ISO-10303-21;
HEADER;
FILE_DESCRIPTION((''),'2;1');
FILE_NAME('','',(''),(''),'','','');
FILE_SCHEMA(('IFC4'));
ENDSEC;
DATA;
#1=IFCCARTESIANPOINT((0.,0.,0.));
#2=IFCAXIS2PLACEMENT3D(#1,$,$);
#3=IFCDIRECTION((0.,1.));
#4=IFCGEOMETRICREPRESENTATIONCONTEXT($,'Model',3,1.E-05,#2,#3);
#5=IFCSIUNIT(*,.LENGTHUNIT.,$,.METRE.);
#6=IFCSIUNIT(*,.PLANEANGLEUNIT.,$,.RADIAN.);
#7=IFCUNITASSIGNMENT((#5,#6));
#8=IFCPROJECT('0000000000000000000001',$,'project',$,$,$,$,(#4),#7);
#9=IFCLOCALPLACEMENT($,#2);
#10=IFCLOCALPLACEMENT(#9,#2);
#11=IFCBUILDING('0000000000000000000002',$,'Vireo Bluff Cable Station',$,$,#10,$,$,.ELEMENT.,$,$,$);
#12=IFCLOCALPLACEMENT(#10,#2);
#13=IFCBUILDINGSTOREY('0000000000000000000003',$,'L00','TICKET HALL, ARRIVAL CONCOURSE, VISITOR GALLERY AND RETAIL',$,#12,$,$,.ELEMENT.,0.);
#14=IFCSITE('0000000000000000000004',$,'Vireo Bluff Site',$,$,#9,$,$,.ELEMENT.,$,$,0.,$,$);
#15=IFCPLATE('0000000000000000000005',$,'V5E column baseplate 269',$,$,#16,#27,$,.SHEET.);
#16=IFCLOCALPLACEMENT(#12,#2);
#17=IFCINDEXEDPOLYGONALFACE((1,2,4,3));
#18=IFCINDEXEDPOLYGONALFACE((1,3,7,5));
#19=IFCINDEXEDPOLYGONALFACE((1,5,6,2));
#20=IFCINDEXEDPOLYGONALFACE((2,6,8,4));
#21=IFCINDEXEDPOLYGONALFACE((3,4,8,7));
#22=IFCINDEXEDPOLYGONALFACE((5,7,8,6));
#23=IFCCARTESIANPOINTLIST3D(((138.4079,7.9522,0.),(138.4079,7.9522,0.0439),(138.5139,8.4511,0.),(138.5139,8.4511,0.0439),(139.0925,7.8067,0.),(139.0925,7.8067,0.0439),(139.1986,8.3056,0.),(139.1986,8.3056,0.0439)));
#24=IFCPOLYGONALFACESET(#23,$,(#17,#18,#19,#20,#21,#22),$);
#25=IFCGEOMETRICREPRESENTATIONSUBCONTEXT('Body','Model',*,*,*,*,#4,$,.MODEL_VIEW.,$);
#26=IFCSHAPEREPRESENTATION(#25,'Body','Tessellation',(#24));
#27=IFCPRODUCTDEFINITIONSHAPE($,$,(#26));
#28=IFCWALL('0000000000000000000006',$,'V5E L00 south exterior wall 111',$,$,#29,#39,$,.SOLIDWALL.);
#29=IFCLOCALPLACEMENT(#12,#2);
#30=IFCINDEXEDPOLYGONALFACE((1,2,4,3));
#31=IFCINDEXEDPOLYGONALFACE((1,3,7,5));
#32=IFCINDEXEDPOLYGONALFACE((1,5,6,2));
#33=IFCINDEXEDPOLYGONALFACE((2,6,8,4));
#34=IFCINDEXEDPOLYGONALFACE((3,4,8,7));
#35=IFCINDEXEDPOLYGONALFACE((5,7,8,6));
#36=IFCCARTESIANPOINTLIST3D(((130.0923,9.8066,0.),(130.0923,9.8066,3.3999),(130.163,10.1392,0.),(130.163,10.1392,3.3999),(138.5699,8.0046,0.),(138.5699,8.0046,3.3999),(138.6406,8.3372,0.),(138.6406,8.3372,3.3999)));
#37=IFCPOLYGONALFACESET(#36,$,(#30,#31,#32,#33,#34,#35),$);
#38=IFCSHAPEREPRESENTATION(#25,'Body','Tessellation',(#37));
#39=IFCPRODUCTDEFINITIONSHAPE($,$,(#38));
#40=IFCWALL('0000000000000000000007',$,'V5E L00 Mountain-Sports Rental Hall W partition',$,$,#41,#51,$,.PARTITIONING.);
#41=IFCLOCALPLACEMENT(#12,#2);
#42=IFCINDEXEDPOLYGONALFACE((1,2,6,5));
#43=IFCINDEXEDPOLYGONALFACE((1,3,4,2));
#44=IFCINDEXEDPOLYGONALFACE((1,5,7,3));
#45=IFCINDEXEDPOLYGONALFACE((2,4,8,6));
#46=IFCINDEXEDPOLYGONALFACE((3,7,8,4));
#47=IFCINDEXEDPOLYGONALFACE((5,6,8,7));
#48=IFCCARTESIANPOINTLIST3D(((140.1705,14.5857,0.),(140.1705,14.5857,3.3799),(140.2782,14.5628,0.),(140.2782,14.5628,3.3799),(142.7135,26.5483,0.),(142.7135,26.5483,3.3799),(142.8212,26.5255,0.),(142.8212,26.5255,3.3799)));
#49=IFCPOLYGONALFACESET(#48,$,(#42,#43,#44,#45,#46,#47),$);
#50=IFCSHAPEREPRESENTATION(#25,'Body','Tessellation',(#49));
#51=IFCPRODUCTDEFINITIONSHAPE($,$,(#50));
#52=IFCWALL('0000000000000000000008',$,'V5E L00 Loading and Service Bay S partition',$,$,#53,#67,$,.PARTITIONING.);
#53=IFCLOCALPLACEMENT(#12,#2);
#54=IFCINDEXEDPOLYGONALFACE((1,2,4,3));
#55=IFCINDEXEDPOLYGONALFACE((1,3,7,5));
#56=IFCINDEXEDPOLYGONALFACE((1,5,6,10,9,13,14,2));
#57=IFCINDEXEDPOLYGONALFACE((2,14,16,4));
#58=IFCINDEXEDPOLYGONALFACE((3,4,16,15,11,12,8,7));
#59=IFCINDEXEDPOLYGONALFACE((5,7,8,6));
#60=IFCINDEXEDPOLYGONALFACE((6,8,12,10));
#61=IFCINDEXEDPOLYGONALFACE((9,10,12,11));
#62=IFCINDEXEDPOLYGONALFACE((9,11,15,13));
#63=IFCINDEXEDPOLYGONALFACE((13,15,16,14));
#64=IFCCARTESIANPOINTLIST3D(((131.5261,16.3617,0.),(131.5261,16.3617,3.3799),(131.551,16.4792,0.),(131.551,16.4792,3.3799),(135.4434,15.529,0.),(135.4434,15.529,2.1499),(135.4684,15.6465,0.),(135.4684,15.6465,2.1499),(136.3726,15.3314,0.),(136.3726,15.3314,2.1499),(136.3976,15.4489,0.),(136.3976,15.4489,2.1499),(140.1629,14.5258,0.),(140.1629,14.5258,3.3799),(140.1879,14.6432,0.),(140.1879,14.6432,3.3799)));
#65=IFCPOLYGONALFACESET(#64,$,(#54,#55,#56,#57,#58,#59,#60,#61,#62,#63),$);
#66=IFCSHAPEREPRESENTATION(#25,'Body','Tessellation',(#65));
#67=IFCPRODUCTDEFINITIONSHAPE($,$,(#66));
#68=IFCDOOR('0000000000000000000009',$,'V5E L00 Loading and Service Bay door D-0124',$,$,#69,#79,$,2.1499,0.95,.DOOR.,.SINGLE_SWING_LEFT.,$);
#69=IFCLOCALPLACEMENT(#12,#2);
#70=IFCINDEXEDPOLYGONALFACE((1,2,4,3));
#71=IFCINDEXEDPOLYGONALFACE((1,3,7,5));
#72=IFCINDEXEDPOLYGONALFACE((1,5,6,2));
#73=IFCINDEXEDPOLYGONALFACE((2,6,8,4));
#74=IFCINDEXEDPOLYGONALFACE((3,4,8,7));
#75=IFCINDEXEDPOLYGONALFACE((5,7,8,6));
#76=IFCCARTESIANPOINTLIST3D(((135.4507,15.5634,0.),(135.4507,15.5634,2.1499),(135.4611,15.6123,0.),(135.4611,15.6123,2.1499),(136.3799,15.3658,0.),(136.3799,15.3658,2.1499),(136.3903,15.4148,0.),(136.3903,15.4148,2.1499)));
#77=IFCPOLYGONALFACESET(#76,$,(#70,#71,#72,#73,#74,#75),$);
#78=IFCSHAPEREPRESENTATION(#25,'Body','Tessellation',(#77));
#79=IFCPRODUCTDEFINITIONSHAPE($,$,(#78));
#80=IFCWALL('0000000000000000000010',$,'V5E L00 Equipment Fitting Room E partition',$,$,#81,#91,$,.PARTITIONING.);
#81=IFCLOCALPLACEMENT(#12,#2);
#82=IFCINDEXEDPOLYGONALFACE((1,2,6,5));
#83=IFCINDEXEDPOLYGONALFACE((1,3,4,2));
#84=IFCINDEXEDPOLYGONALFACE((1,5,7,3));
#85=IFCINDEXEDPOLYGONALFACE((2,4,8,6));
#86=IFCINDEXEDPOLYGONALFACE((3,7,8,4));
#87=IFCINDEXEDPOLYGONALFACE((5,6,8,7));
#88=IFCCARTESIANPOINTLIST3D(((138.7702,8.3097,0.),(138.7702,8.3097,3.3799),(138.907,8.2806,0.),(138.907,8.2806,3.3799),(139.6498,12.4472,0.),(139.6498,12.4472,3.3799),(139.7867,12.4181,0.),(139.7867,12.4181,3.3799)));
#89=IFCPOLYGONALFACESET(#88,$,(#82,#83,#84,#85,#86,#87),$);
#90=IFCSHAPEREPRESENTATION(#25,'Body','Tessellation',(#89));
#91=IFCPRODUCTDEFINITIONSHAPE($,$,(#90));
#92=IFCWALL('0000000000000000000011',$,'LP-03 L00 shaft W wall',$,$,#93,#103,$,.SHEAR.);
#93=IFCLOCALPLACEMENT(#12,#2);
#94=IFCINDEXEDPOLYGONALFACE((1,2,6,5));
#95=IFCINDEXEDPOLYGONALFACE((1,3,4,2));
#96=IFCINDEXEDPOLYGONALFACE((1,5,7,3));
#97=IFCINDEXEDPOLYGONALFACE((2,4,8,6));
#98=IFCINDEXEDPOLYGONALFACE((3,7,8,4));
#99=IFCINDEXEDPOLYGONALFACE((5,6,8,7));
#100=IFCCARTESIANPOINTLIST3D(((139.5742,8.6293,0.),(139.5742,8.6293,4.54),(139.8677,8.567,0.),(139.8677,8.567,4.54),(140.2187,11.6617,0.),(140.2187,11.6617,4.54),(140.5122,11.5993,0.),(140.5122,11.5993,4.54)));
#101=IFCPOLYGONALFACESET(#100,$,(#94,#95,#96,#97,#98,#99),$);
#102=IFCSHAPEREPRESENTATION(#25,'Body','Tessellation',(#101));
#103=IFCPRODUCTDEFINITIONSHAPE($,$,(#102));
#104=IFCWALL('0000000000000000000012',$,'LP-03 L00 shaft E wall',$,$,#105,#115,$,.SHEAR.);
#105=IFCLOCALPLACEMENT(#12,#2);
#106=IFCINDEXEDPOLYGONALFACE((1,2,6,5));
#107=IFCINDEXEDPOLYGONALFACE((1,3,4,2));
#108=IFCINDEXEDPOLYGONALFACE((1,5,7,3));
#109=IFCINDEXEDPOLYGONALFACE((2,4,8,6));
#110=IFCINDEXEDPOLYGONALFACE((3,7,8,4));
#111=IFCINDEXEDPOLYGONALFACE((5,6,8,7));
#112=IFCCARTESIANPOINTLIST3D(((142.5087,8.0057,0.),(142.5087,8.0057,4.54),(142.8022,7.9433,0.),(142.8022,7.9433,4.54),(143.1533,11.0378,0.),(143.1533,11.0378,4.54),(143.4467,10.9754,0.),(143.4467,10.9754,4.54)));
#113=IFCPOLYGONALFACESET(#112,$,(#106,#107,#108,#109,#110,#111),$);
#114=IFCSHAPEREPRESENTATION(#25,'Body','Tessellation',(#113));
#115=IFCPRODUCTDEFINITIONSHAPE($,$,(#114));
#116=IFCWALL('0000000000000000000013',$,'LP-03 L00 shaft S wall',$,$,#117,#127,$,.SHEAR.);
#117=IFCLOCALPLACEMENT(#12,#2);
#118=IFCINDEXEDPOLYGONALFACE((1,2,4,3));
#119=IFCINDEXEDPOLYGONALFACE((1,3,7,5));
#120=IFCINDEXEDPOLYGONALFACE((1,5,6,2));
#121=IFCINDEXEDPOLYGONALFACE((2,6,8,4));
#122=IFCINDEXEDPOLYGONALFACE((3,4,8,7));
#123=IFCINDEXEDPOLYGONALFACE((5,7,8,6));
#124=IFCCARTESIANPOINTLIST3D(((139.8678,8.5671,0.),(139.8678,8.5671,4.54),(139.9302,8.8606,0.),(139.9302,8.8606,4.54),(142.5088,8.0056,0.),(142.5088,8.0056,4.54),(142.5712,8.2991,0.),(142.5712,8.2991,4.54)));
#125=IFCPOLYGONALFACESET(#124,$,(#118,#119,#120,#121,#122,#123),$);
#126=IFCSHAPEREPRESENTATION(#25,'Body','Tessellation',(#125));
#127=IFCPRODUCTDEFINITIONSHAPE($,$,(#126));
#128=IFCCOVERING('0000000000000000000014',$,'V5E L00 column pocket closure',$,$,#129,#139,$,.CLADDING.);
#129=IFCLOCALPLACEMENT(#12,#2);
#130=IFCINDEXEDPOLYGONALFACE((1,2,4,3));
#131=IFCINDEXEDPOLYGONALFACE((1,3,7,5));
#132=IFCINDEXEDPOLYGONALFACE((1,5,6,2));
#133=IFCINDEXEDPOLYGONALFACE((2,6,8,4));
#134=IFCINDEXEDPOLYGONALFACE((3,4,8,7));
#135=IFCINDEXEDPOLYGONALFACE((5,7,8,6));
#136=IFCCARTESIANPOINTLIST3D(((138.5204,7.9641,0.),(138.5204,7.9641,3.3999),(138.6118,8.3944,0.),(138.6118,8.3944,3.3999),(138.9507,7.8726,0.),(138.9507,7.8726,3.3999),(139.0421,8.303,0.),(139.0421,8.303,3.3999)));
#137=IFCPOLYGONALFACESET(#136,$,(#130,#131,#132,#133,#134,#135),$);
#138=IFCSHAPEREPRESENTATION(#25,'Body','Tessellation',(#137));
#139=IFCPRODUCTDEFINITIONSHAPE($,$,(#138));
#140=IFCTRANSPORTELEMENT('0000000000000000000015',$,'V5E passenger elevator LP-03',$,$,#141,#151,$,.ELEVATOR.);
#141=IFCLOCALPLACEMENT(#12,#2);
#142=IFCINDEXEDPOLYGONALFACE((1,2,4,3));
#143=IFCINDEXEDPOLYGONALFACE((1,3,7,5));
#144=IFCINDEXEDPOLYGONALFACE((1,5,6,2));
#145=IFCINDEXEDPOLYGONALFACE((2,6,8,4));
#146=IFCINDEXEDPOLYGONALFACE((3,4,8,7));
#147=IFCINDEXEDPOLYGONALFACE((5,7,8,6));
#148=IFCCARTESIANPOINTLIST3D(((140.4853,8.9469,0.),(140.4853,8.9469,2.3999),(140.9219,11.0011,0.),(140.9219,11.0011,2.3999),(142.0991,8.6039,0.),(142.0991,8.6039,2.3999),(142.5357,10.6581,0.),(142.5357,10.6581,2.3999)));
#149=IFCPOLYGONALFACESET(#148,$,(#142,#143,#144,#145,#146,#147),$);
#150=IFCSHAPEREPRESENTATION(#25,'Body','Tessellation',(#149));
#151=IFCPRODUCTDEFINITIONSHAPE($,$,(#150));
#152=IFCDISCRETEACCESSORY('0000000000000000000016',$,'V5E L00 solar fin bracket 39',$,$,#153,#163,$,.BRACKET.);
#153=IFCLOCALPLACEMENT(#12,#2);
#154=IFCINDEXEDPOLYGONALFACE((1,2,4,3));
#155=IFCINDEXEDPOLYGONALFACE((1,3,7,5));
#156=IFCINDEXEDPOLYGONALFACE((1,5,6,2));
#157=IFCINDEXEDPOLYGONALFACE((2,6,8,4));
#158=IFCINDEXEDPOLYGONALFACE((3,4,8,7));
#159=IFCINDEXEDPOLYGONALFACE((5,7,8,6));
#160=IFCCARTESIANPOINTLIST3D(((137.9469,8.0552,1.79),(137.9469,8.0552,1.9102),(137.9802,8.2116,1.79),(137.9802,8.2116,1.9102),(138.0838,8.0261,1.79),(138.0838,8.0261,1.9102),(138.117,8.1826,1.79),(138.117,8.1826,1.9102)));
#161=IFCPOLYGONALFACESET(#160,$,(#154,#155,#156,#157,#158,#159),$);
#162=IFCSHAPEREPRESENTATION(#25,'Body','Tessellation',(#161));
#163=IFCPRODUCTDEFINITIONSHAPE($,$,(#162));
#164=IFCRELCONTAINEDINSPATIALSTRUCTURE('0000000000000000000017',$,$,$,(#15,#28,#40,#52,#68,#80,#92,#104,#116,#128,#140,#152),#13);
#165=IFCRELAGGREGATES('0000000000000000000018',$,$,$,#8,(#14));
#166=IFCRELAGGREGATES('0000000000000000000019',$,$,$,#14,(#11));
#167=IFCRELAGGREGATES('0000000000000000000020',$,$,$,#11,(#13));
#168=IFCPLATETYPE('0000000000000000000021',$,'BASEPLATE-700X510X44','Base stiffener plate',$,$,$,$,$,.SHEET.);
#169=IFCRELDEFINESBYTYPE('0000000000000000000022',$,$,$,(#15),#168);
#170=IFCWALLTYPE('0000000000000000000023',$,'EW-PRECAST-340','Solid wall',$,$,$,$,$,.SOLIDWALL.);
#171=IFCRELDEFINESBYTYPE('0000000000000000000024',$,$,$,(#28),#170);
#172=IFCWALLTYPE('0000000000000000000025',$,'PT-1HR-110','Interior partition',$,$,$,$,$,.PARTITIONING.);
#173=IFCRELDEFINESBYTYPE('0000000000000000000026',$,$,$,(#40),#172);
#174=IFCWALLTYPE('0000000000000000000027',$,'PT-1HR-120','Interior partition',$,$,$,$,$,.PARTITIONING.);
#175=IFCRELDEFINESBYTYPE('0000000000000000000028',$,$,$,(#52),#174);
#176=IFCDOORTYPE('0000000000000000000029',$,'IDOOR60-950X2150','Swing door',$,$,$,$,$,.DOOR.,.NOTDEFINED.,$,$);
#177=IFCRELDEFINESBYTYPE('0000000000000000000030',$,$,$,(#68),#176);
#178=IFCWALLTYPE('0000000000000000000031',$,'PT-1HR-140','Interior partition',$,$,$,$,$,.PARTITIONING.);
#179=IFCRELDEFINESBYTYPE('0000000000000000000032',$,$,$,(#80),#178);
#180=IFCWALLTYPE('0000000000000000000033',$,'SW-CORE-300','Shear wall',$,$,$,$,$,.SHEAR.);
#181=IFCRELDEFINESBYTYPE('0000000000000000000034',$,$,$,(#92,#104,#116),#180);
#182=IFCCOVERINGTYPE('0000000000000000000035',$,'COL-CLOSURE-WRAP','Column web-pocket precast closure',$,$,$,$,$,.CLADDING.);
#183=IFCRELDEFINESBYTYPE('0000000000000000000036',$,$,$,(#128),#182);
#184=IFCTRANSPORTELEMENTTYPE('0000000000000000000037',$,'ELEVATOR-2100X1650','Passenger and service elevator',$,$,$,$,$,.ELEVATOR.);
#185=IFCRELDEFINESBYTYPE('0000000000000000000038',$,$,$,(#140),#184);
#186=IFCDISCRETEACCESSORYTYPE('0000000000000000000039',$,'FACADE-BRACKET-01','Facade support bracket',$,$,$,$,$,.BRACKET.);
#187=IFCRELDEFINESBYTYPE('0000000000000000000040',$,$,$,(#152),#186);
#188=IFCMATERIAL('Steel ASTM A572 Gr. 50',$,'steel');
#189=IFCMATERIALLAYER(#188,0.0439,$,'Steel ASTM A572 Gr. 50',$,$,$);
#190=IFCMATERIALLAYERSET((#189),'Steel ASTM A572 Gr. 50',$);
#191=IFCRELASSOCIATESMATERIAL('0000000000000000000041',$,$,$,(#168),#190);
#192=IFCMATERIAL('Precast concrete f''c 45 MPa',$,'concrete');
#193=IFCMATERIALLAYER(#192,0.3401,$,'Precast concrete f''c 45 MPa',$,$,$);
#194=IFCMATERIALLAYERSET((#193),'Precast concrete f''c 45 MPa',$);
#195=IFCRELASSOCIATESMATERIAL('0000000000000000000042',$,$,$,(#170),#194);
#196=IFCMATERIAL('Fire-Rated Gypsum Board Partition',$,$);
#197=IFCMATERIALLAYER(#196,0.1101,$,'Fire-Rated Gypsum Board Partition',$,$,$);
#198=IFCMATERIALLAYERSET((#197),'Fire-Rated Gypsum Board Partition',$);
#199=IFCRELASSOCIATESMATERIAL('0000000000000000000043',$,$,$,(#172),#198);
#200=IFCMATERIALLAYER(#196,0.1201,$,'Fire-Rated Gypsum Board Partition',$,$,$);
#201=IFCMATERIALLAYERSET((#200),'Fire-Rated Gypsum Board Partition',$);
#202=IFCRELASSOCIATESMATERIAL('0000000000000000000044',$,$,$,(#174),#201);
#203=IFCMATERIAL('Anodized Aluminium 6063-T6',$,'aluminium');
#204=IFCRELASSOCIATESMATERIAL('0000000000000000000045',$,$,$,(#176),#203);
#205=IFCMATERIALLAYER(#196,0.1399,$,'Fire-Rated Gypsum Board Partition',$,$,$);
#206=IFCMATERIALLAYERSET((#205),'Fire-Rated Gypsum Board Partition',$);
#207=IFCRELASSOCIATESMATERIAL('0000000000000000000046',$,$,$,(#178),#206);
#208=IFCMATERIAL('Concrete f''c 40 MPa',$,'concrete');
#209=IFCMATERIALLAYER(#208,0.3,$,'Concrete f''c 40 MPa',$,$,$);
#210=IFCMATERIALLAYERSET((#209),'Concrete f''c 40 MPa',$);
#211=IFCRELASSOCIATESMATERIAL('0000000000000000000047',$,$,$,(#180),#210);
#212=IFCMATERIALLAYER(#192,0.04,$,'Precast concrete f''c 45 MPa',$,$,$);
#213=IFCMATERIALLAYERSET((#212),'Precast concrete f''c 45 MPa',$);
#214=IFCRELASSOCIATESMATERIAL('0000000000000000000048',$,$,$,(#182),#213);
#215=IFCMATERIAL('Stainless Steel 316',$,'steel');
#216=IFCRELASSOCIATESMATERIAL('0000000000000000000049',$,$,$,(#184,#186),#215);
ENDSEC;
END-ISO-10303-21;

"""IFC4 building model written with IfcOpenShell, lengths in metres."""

from ifc_helpers import new_model, si_unit, direction, frame, frame_2d, origin, origin_with_axes, origin_2d, place, context, subcontext, project, spatial, rectangle, extrude, material, layer, layer_set, type_object, element, fill, save


model = new_model("IFC4")

# Units and contexts
model_context = context("Model", 3, precision=1e-05, world=origin(), true_north=direction((0.0, 1.0)))
body_context = subcontext(model_context, "Body", "Model", "MODEL_VIEW")
ifc_project = project(units=[si_unit("LENGTHUNIT", "METRE"), si_unit("PLANEANGLEUNIT", "RADIAN")], contexts=[model_context])

# Site, building, storey
site_placement = place(None, origin())
site = spatial("IfcSite", under=ifc_project, at=site_placement, Name="Vireo Bluff Site", CompositionType="ELEMENT", RefElevation=0.0)
building_placement = place(site_placement, origin())
building = spatial("IfcBuilding", under=site, at=building_placement, Name="Vireo Bluff Cable Station", CompositionType="ELEMENT")
storey_placement = place(building_placement, origin())
storey = spatial("IfcBuildingStorey", under=building, at=storey_placement, Name="L00", Description="TICKET HALL, ARRIVAL CONCOURSE, VISITOR GALLERY AND RETAIL", CompositionType="ELEMENT", Elevation=0.0)

# Shared definitions
ifc_material_1 = material(Name="Concrete f'c 40 MPa", Category="concrete")

# Shared definitions
ifc_material_2 = material(Name="Anodized Aluminium 6063-T6", Category="aluminium")

# Plate
ifc_material_3 = material(Name="Steel ASTM A572 Gr. 50", Category="steel")
ifc_layer_1 = layer(ifc_material_3, 0.0439, Name="Steel ASTM A572 Gr. 50")
ifc_layer_set_1 = layer_set([ifc_layer_1], Name="Steel ASTM A572 Gr. 50")
plate_type = type_object("IfcPlateType", Name="BASEPLATE-700X510X44", Description="Base stiffener plate", PredefinedType="SHEET", material=ifc_layer_set_1)
plate_placement = place(storey_placement, frame((138.8032, 8.1289, 0.0), z_axis=(0.0, 0.0, 1.0), x_axis=(0.978148, -0.207912, 0.0)))
element("IfcPlate", 1, at=plate_placement, inside=storey, type_object=plate_type, Name="V5E column baseplate 269", PredefinedType="SHEET", context=body_context, shape_type="SweptSolid", body=[
    extrude(rectangle(XDim=0.7, YDim=0.51, at=origin_2d()), origin(), (0.0, 0.0, 1.0), 0.0439),
])

# Walls
ifc_material_4 = material(Name="Precast concrete f'c 45 MPa", Category="concrete")
ifc_layer_2 = layer(ifc_material_4, 0.3401, Name="Precast concrete f'c 45 MPa")
ifc_layer_set_2 = layer_set([ifc_layer_2], Name="Precast concrete f'c 45 MPa")
wall_type_1 = type_object("IfcWallType", Name="EW-PRECAST-340", Description="Solid wall", PredefinedType="SOLIDWALL", material=ifc_layer_set_2)
wall_1_placement = place(storey_placement, frame((138.6052, 8.1709, 0.0), z_axis=(0.0, 0.0, 1.0), x_axis=(-0.978147, 0.207917, 0.0)))
element("IfcWall", 2, at=wall_1_placement, inside=storey, type_object=wall_type_1, Name="V5E L00 south exterior wall 111", PredefinedType="SOLIDWALL", context=body_context, shape_type="SweptSolid", body=[
    extrude(rectangle(XDim=8.667, YDim=0.3401, at=frame_2d((4.3335, 0.0))), origin(), (0.0, 0.0, 1.0), 3.3999),
])
ifc_material_5 = material(Name="Fire-Rated Gypsum Board Partition")
ifc_layer_3 = layer(ifc_material_5, 0.1101, Name="Fire-Rated Gypsum Board Partition")
ifc_layer_set_3 = layer_set([ifc_layer_3], Name="Fire-Rated Gypsum Board Partition")
wall_type_2 = type_object("IfcWallType", Name="PT-1HR-110", Description="Interior partition", PredefinedType="PARTITIONING", material=ifc_layer_set_3)
wall_2_placement = place(storey_placement, frame((140.2244, 14.5742, 0.0), z_axis=(0.0, 0.0, 1.0), x_axis=(0.20793, 0.978144, 0.0)))
element("IfcWall", 3, at=wall_2_placement, inside=storey, type_object=wall_type_2, Name="V5E L00 Mountain-Sports Rental Hall W partition", PredefinedType="PARTITIONING", context=body_context, shape_type="SweptSolid", body=[
    extrude(rectangle(XDim=12.23, YDim=0.1101, at=frame_2d((6.115, 0.0))), origin(), (0.0, 0.0, 1.0), 3.3799),
])

# Wall, opening, door
ifc_layer_4 = layer(ifc_material_5, 0.1201, Name="Fire-Rated Gypsum Board Partition")
ifc_layer_set_4 = layer_set([ifc_layer_4], Name="Fire-Rated Gypsum Board Partition")
wall_type_3 = type_object("IfcWallType", Name="PT-1HR-120", Description="Interior partition", PredefinedType="PARTITIONING", material=ifc_layer_set_4)
wall_3_placement = place(storey_placement, frame((140.1755, 14.5845, 0.0), z_axis=(0.0, 0.0, 1.0), x_axis=(-0.978145, 0.207922, 0.0)))
wall_3 = element("IfcWall", 4, at=wall_3_placement, inside=storey, type_object=wall_type_3, Name="V5E L00 Loading and Service Bay S partition", PredefinedType="PARTITIONING", context=body_context, shape_type="SweptSolid", body=[
    extrude(rectangle(XDim=8.8298, YDim=0.1201, at=frame_2d((4.415, 0.0))), origin(), (0.0, 0.0, 1.0), 3.3799),
])
opening_1_placement = place(wall_3_placement, frame((3.875, 0.0, 0.0)))
opening_1 = element("IfcOpeningElement", 5, at=opening_1_placement, cuts=wall_3, PredefinedType="OPENING", context=body_context, shape_type="SweptSolid", body=[
    extrude(rectangle(XDim=0.95, YDim=2.1499, at=frame_2d((0.4751, 1.075))), frame((0.0, 0.0701, 0.0), z_axis=(0.0, -1.0, 0.0), x_axis=(1.0, 0.0, 0.0)), (0.0, 0.0, 1.0), 0.1401),
])
door_type_1 = type_object("IfcDoorType", Name="IDOOR60-950X2150", Description="Swing door", OperationType="NOTDEFINED", PredefinedType="DOOR", material=ifc_material_2)
door_1_placement = place(opening_1_placement, origin_with_axes())
door_1 = element("IfcDoor", 6, at=door_1_placement, inside=storey, type_object=door_type_1, Name="V5E L00 Loading and Service Bay door D-0124", OperationType="SINGLE_SWING_LEFT", OverallHeight=2.1499, OverallWidth=0.95, PredefinedType="DOOR", context=body_context, shape_type="SweptSolid", body=[
    extrude(rectangle(XDim=0.95, YDim=2.1499, at=frame_2d((0.4751, 1.075))), frame((0.0, 0.0249, 0.0), z_axis=(0.0, -1.0, 0.0), x_axis=(1.0, 0.0, 0.0)), (0.0, 0.0, 1.0), 0.05),
])
fill(opening_1, door_1)

# Walls
ifc_layer_5 = layer(ifc_material_5, 0.1399, Name="Fire-Rated Gypsum Board Partition")
ifc_layer_set_5 = layer_set([ifc_layer_5], Name="Fire-Rated Gypsum Board Partition")
wall_type_4 = type_object("IfcWallType", Name="PT-1HR-140", Description="Interior partition", PredefinedType="PARTITIONING", material=ifc_layer_set_5)
wall_4_placement = place(storey_placement, frame((139.7183, 12.4326, 0.0), z_axis=(0.0, 0.0, 1.0), x_axis=(-0.207956, -0.978138, 0.0)))
element("IfcWall", 7, at=wall_4_placement, inside=storey, type_object=wall_type_4, Name="V5E L00 Equipment Fitting Room E partition", PredefinedType="PARTITIONING", context=body_context, shape_type="SweptSolid", body=[
    extrude(rectangle(XDim=4.23, YDim=0.1399, at=frame_2d((2.115, 0.0))), origin(), (0.0, 0.0, 1.0), 3.3799),
])
ifc_layer_6 = layer(ifc_material_1, 0.3, Name="Concrete f'c 40 MPa")
ifc_layer_set_6 = layer_set([ifc_layer_6], Name="Concrete f'c 40 MPa")
wall_type_5 = type_object("IfcWallType", Name="SW-CORE-300", Description="Shear wall", PredefinedType="SHEAR", material=ifc_layer_set_6)
wall_5_placement = place(storey_placement, frame((139.7209, 8.5981, 0.0), z_axis=(0.0, 0.0, 1.0), x_axis=(0.207899, 0.97815, 0.0)))
element("IfcWall", 8, at=wall_5_placement, inside=storey, type_object=wall_type_5, Name="LP-03 L00 shaft W wall", PredefinedType="SHEAR", context=body_context, shape_type="SweptSolid", body=[
    extrude(rectangle(XDim=3.1001, YDim=0.3, at=frame_2d((1.55, 0.0))), origin(), (0.0, 0.0, 1.0), 4.54),
])
wall_6_placement = place(storey_placement, frame((142.6555, 7.9746, 0.0), z_axis=(0.0, 0.0, 1.0), x_axis=(0.207915, 0.978147, 0.0)))
element("IfcWall", 9, at=wall_6_placement, inside=storey, type_object=wall_type_5, Name="LP-03 L00 shaft E wall", PredefinedType="SHEAR", context=body_context, shape_type="SweptSolid", body=[
    extrude(rectangle(XDim=3.0999, YDim=0.3, at=frame_2d((1.5498, 0.0))), origin(), (0.0, 0.0, 1.0), 4.54),
])
wall_7_placement = place(storey_placement, frame((139.8989, 8.7139, 0.0), z_axis=(0.0, 0.0, 1.0), x_axis=(0.978133, -0.207979, 0.0)))
element("IfcWall", 10, at=wall_7_placement, inside=storey, type_object=wall_type_5, Name="LP-03 L00 shaft S wall", PredefinedType="SHEAR", context=body_context, shape_type="SweptSolid", body=[
    extrude(rectangle(XDim=2.7, YDim=0.3, at=frame_2d((1.3501, 0.0))), origin(), (0.0, 0.0, 1.0), 4.54),
])

# Shared definitions
ifc_material_6 = material(Name="Stainless Steel 316", Category="steel")

# Covering
ifc_layer_7 = layer(ifc_material_4, 0.04, Name="Precast concrete f'c 45 MPa")
ifc_layer_set_7 = layer_set([ifc_layer_7], Name="Precast concrete f'c 45 MPa")
covering_type = type_object("IfcCoveringType", Name="COL-CLOSURE-WRAP", Description="Column web-pocket precast closure", PredefinedType="CLADDING", material=ifc_layer_set_7)
covering_placement = place(storey_placement, frame((138.7812, 8.1335, 0.0), z_axis=(0.0, 0.0, 1.0), x_axis=(0.978148, -0.207912, 0.0)))
element("IfcCovering", 11, at=covering_placement, inside=storey, type_object=covering_type, Name="V5E L00 column pocket closure", PredefinedType="CLADDING", context=body_context, shape_type="SweptSolid", body=[
    extrude(rectangle(XDim=0.4399, YDim=0.4399, at=origin_2d()), origin(), (0.0, 0.0, 1.0), 3.3999),
])

# Transport element
transport_element_type = type_object("IfcTransportElementType", Name="ELEVATOR-2100X1650", Description="Passenger and service elevator", PredefinedType="ELEVATOR", material=ifc_material_6)
transport_element_placement = place(storey_placement, frame((141.5105, 9.8025, 0.0), z_axis=(0.0, 0.0, 1.0), x_axis=(0.978148, -0.207912, 0.0)))
element("IfcTransportElement", 12, at=transport_element_placement, inside=storey, type_object=transport_element_type, Name="V5E passenger elevator LP-03", PredefinedType="ELEVATOR", context=body_context, shape_type="SweptSolid", body=[
    extrude(rectangle(XDim=1.6499, YDim=2.1001, at=origin_2d()), origin(), (0.0, 0.0, 1.0), 2.3999),
])

# Discrete accessory
discrete_accessory_type = type_object("IfcDiscreteAccessoryType", Name="FACADE-BRACKET-01", Description="Facade support bracket", PredefinedType="BRACKET", material=ifc_material_6)
discrete_accessory_placement = place(storey_placement, frame((138.032, 8.1189, 1.79), z_axis=(0.0, 0.0, 1.0), x_axis=(-0.978148, 0.207912, 0.0)))
element("IfcDiscreteAccessory", 13, at=discrete_accessory_placement, inside=storey, type_object=discrete_accessory_type, Name="V5E L00 solar fin bracket 39", PredefinedType="BRACKET", context=body_context, shape_type="SweptSolid", body=[
    extrude(rectangle(XDim=0.1399, YDim=0.1599, at=origin_2d()), origin(), (0.0, 0.0, 1.0), 0.1201),
])

save(model, "model.ifc")
